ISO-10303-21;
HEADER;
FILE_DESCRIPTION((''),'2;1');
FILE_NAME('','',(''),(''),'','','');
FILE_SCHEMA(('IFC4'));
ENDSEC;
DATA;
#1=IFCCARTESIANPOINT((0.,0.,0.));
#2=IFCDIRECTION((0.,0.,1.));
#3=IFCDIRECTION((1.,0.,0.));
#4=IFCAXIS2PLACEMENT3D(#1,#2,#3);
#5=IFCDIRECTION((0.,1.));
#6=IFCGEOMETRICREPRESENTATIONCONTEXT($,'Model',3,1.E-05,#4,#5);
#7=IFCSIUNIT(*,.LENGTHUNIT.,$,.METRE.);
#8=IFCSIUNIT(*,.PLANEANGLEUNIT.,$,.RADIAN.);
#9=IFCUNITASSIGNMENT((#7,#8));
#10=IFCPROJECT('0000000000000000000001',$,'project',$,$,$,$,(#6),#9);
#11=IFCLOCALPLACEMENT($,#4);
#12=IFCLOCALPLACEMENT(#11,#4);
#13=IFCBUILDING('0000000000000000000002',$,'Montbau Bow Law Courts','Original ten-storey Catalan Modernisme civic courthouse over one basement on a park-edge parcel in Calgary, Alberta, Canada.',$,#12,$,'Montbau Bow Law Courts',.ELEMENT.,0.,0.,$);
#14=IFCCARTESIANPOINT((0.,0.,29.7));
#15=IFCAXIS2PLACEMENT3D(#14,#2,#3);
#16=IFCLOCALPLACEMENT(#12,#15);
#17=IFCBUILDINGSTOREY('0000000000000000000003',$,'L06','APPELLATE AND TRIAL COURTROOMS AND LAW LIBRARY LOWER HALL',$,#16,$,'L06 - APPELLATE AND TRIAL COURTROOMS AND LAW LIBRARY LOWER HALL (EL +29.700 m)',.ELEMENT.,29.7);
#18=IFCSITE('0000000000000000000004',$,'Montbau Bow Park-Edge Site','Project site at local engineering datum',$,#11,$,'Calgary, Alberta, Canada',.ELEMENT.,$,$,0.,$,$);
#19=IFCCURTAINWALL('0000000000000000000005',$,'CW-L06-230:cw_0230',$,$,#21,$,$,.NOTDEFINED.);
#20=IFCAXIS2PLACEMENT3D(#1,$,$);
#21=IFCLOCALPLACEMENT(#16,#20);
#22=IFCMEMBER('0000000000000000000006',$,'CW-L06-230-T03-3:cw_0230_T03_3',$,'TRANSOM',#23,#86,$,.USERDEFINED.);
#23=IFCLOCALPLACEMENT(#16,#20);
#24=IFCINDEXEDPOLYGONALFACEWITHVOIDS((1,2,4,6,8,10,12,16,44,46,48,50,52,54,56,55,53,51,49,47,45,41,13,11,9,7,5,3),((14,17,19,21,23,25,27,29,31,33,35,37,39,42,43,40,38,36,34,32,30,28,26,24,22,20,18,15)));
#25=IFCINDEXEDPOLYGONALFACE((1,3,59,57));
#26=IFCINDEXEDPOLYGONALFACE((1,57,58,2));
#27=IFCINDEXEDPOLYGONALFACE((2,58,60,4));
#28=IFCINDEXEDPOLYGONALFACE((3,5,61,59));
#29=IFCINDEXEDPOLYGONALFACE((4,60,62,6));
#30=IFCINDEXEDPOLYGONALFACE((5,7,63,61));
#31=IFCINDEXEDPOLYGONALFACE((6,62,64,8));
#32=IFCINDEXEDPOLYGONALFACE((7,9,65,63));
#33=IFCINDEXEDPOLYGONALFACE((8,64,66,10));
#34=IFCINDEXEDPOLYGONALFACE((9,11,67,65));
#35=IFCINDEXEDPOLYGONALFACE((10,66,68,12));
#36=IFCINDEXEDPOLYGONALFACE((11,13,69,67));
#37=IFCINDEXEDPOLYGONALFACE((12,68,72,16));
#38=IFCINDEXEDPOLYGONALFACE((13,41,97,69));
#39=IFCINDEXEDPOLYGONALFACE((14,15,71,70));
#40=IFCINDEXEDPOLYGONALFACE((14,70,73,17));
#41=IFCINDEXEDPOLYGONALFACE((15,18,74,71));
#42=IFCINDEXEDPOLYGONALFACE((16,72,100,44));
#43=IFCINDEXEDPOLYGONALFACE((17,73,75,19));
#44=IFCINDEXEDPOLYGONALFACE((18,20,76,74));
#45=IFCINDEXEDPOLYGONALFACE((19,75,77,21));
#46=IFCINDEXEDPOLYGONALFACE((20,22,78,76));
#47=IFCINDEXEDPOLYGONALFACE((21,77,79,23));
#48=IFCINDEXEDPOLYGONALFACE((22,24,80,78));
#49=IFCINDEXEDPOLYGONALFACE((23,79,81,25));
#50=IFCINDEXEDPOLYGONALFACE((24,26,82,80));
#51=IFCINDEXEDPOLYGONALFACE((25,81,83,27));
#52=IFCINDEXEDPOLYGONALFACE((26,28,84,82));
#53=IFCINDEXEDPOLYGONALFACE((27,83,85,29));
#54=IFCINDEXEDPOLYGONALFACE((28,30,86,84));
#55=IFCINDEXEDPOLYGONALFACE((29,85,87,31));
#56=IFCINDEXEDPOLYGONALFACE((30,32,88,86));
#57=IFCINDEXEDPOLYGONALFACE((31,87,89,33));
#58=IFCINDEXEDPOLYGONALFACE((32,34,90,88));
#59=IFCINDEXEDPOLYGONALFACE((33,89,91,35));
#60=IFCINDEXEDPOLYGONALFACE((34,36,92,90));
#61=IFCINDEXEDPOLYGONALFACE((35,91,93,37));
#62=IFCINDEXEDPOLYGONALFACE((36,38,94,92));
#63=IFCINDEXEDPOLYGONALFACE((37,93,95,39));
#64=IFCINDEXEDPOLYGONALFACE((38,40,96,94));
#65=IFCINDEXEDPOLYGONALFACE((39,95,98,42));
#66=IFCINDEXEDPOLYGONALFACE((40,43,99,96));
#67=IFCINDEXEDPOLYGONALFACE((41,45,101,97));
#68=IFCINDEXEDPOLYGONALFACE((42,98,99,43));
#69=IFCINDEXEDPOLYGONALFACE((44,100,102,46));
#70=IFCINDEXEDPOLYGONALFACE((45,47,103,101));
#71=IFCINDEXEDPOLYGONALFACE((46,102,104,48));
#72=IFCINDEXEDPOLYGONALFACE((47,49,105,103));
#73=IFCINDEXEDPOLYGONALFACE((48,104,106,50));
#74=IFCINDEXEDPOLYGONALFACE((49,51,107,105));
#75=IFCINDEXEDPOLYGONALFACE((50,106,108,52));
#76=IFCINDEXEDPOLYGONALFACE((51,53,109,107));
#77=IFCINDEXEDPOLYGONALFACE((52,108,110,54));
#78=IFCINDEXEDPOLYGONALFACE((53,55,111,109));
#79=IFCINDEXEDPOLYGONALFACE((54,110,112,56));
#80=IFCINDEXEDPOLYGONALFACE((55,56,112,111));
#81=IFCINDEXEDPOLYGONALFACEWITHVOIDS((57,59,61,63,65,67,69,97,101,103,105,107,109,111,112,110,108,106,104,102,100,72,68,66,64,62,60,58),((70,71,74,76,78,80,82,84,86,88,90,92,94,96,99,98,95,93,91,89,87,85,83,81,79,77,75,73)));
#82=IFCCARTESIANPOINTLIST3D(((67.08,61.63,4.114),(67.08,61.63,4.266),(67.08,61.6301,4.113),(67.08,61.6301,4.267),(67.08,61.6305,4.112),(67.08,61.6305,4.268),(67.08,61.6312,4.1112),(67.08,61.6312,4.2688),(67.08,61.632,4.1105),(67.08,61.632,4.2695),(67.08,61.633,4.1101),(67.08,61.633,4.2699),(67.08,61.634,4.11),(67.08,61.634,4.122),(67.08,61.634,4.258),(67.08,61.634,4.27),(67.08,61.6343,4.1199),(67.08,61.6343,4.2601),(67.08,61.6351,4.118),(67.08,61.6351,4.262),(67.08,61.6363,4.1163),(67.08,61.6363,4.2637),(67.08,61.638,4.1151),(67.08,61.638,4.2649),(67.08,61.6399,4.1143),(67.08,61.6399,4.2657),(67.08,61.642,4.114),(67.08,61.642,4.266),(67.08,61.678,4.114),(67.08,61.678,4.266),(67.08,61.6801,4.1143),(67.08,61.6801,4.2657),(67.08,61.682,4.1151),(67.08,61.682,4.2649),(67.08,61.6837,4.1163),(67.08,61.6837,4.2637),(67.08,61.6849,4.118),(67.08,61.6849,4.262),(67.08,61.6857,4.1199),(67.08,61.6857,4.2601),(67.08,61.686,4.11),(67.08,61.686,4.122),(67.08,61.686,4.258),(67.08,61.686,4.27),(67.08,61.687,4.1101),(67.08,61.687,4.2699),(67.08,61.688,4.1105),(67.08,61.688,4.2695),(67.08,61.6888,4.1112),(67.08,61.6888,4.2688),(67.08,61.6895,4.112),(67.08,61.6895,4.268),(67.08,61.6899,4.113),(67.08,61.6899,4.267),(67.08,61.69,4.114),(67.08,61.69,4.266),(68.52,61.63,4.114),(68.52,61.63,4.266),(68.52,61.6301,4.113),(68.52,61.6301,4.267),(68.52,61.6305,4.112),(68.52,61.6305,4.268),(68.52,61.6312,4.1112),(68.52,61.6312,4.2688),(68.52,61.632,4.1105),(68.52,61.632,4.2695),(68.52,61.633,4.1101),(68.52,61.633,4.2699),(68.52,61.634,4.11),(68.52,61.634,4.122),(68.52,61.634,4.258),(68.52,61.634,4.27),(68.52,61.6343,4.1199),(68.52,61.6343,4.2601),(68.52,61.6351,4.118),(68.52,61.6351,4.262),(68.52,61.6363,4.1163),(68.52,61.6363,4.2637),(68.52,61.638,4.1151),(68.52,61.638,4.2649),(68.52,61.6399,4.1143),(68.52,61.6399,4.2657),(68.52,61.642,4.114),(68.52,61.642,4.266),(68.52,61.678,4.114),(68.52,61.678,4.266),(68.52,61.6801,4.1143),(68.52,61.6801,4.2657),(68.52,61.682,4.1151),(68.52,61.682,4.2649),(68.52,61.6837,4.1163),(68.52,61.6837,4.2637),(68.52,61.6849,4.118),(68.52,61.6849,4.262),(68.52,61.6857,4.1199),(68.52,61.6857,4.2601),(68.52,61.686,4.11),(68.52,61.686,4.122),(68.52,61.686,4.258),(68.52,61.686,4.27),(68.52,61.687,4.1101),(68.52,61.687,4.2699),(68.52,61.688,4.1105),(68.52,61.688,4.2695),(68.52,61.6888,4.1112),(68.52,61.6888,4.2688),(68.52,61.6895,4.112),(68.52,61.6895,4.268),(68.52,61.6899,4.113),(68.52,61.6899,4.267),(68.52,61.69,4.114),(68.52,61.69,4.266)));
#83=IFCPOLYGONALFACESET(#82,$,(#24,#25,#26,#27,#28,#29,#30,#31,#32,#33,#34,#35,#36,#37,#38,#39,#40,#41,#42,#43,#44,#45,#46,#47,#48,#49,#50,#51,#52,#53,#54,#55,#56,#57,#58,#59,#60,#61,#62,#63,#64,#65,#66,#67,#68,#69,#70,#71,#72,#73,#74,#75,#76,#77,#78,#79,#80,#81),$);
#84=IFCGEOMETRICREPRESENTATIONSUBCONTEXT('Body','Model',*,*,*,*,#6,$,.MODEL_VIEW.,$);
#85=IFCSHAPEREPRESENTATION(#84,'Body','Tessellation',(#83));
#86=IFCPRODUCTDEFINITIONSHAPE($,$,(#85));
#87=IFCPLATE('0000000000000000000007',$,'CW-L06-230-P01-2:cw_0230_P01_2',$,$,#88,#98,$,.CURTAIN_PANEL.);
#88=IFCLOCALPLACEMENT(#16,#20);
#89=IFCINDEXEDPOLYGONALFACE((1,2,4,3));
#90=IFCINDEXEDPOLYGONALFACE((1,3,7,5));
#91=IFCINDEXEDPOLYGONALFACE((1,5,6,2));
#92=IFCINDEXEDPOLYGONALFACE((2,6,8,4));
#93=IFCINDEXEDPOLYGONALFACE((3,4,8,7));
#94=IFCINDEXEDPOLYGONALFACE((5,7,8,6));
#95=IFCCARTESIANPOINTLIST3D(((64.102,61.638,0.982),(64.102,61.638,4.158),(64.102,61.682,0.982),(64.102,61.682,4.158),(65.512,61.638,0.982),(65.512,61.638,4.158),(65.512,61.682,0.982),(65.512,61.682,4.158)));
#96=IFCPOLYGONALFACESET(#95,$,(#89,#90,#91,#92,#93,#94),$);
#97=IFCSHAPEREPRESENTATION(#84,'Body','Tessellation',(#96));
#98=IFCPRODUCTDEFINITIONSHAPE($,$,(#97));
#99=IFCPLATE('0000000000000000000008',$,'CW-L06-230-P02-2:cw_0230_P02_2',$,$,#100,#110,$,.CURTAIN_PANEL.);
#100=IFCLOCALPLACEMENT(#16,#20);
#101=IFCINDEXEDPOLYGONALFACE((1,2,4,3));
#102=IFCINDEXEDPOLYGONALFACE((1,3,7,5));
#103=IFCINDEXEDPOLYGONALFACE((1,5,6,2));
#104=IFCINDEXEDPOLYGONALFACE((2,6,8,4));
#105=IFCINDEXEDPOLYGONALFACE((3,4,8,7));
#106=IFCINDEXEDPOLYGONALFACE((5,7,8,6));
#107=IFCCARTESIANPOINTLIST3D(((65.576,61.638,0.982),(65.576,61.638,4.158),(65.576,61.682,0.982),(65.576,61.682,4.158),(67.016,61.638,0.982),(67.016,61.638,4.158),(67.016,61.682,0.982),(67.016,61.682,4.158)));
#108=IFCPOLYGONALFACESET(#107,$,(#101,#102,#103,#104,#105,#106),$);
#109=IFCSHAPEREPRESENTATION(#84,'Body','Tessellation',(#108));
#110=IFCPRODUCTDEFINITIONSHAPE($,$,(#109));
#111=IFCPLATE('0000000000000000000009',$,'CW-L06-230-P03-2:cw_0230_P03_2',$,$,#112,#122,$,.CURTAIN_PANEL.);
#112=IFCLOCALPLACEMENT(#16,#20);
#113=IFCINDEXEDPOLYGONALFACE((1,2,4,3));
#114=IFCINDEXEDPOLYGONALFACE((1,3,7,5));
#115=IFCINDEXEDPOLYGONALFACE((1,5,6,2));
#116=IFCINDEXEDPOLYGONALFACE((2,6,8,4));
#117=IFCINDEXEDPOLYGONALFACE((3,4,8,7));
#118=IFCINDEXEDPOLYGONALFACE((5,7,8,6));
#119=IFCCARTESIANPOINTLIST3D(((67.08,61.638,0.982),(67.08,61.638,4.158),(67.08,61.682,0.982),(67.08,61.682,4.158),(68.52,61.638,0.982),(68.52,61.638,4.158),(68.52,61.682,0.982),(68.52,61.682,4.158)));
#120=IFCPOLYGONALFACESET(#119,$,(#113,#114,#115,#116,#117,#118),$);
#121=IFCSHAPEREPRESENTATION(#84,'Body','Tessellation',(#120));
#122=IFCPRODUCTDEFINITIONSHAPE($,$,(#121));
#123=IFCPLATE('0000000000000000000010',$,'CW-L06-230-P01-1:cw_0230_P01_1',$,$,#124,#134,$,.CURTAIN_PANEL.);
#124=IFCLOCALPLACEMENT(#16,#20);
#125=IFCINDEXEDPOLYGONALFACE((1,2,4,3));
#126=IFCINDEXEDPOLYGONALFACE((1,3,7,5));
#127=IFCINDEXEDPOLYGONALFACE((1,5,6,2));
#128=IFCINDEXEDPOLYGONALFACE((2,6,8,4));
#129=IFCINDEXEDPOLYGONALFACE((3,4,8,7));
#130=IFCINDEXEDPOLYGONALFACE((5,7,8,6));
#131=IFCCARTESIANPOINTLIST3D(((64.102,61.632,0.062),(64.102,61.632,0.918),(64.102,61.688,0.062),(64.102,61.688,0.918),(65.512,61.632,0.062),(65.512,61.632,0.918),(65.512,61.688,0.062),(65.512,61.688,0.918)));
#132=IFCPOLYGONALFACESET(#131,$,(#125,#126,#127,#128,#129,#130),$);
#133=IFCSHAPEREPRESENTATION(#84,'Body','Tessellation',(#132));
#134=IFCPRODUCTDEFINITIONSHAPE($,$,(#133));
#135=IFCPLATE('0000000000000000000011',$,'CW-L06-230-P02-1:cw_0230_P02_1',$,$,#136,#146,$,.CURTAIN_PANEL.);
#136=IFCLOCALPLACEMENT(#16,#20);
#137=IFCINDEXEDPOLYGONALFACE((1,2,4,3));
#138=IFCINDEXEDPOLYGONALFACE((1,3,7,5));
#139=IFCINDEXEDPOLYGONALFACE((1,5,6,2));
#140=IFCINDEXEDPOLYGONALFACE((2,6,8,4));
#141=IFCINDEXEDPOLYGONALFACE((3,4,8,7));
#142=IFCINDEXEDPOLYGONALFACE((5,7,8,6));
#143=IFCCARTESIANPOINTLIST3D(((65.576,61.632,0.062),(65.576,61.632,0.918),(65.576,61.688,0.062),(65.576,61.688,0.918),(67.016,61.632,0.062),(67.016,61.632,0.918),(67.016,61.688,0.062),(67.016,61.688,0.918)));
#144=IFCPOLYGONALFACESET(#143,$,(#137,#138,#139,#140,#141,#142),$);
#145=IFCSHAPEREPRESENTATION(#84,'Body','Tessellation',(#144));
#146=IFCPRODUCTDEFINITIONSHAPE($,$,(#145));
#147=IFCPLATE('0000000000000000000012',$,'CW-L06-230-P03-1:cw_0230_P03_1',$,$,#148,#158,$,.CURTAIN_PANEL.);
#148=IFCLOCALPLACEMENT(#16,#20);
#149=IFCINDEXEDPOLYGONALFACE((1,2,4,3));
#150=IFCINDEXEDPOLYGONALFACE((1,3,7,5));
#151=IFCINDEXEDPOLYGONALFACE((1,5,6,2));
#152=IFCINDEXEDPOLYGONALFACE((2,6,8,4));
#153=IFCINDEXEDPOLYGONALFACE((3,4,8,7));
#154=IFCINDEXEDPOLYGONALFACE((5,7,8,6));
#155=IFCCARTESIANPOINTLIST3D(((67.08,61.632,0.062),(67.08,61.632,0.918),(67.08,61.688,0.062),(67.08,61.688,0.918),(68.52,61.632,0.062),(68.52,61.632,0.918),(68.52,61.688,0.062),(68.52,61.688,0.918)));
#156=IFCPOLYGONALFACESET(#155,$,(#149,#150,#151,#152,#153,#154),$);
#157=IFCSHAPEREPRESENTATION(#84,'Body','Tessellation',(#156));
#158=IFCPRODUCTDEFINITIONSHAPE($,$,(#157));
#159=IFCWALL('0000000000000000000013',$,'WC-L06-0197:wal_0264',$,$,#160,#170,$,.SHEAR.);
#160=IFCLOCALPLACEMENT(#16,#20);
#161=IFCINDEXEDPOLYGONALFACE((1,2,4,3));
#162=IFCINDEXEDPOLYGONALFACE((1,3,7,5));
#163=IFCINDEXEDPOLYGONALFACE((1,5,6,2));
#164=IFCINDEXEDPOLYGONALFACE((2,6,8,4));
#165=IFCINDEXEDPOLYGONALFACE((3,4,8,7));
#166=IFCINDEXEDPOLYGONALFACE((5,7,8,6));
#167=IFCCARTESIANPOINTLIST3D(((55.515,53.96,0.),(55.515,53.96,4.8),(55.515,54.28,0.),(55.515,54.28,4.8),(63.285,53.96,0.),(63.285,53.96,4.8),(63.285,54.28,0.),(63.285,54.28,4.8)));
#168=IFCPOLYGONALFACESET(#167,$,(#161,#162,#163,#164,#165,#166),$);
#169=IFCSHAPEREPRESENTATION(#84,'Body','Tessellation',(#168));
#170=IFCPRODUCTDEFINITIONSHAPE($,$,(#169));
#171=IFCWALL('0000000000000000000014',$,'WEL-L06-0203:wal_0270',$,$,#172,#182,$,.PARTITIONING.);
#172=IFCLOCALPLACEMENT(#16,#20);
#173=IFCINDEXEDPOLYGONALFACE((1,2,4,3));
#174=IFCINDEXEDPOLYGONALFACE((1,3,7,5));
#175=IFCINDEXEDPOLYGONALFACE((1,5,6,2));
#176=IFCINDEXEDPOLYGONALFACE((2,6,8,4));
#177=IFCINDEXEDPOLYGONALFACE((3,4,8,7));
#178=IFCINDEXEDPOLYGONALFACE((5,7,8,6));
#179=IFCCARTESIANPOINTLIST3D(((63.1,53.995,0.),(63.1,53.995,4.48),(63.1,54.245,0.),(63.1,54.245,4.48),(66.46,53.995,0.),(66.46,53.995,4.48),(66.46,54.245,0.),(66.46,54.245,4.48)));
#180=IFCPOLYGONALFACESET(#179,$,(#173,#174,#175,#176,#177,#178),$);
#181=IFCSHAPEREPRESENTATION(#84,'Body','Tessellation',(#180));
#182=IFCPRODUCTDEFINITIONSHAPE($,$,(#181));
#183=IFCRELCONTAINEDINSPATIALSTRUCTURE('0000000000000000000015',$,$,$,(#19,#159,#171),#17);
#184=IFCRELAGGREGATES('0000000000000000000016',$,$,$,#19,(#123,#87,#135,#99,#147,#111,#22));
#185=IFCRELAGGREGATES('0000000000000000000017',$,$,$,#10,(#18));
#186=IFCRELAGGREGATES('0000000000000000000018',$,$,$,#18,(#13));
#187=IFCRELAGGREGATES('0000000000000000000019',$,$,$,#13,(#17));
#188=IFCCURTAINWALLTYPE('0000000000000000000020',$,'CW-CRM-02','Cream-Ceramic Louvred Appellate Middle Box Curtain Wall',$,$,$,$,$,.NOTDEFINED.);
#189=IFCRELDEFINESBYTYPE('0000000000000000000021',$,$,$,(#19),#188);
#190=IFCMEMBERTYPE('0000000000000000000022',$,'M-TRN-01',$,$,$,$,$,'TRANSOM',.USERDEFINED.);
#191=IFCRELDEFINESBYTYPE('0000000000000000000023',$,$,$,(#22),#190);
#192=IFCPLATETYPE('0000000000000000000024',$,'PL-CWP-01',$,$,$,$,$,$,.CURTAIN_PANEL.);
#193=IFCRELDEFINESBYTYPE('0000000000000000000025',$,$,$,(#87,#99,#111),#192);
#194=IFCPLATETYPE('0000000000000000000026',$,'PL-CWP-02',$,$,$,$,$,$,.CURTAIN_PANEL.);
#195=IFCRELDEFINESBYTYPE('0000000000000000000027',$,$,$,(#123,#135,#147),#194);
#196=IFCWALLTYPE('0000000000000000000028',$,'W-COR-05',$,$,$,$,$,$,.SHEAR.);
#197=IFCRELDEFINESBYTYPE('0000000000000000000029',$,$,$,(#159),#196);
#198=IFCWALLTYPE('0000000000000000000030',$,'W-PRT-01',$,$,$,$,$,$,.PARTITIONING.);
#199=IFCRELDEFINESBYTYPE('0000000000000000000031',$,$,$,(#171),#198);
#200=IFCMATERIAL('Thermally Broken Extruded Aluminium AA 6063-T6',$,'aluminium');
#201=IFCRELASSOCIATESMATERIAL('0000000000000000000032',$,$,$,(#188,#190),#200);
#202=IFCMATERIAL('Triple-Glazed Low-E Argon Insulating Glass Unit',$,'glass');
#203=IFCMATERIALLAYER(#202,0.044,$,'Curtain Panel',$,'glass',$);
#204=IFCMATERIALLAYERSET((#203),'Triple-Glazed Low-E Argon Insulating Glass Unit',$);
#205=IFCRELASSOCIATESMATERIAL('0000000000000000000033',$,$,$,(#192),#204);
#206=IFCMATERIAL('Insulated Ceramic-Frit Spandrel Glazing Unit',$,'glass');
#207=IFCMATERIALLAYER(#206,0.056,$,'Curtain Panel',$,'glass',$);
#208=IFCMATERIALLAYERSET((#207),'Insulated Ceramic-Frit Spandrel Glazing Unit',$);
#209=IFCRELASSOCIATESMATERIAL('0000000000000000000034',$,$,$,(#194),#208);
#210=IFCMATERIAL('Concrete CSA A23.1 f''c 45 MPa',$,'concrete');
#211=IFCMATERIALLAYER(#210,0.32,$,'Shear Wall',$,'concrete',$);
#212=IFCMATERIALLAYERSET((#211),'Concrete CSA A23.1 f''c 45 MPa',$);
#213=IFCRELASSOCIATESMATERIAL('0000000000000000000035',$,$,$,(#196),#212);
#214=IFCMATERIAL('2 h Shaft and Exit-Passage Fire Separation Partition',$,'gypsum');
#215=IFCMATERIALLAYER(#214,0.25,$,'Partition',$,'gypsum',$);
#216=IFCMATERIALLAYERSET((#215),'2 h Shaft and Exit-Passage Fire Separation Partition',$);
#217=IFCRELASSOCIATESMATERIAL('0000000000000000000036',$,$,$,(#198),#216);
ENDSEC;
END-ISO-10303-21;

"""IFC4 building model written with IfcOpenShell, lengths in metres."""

from ifc_helpers import new_model, si_unit, direction, frame, frame_2d, origin_with_axes, origin_2d_with_axis, place, context, subcontext, project, spatial, rectangle, hollow_rectangle, extrude, material, layer, layer_set, material_profile, profile_set, type_object, element, aggregate, save


model = new_model("IFC4")

# Units and contexts
model_context = context("Model", 3, precision=1e-05, world=origin_with_axes(), true_north=direction((0.0, 1.0)))
body_context = subcontext(model_context, "Body", "Model", "MODEL_VIEW")
ifc_project = project(units=[si_unit("LENGTHUNIT", "METRE"), si_unit("PLANEANGLEUNIT", "RADIAN")], contexts=[model_context])

# Site, building, storey
site_placement = place(None, origin_with_axes())
site = spatial("IfcSite", under=ifc_project, at=site_placement, Name="Montbau Bow Park-Edge Site", Description="Project site at local engineering datum", LongName="Calgary, Alberta, Canada", CompositionType="ELEMENT", RefElevation=0.0)
building_placement = place(site_placement, origin_with_axes())
building = spatial("IfcBuilding", under=site, at=building_placement, Name="Montbau Bow Law Courts", Description="Original ten-storey Catalan Modernisme civic courthouse over one basement on a park-edge parcel in Calgary, Alberta, Canada.", LongName="Montbau Bow Law Courts", CompositionType="ELEMENT", ElevationOfRefHeight=0.0, ElevationOfTerrain=0.0)
storey_placement = place(building_placement, frame((0.0, 0.0, 29.7), z_axis=(0.0, 0.0, 1.0), x_axis=(1.0, 0.0, 0.0)))
storey = spatial("IfcBuildingStorey", under=building, at=storey_placement, Name="L06", Description="APPELLATE AND TRIAL COURTROOMS AND LAW LIBRARY LOWER HALL", LongName="L06 - APPELLATE AND TRIAL COURTROOMS AND LAW LIBRARY LOWER HALL (EL +29.700 m)", CompositionType="ELEMENT", Elevation=29.7)

# Shared definitions
ifc_material_1 = material(Name="Thermally Broken Extruded Aluminium AA 6063-T6", Category="aluminium")
curtain_wall_type = type_object("IfcCurtainWallType", Name="CW-CRM-02", Description="Cream-Ceramic Louvred Appellate Middle Box Curtain Wall", PredefinedType="NOTDEFINED", material=ifc_material_1)

# Curtain wall, member, plates
curtain_wall_1_placement = place(None, frame((64.04, 61.66, 29.7), z_axis=(0.0, 0.0, 1.0), x_axis=(1.0, 0.0, 0.0)))
curtain_wall_1 = element("IfcCurtainWall", 1, at=curtain_wall_1_placement, inside=storey, type_object=curtain_wall_type, Name="CW-L06-230:cw_0230", PredefinedType="NOTDEFINED")
ifc_material_profile_1 = material_profile(ifc_material_1, hollow_rectangle(XDim=0.06, YDim=0.16, WallThickness=0.004, InnerFilletRadius=0.008, OuterFilletRadius=0.004, at=origin_2d_with_axis()), Name="CWT-160X60", Category="Main", Priority=0)
ifc_profile_set_1 = profile_set([ifc_material_profile_1], Name="Thermally Broken Extruded Aluminium AA 6063-T6")
member_type_1 = type_object("IfcMemberType", Name="M-TRN-01", ElementType="TRANSOM", PredefinedType="USERDEFINED", material=ifc_profile_set_1)
member_1_placement = place(None, frame((67.08, 61.66, 33.89), z_axis=(1.0, 0.0, 0.0), x_axis=(0.0, 1.0, 0.0)))
member_1 = element("IfcMember", 2, at=member_1_placement, type_object=member_type_1, Name="CW-L06-230-T03-3:cw_0230_T03_3", ObjectType="TRANSOM", PredefinedType="USERDEFINED", context=body_context, shape_type="SweptSolid", body=[
    extrude(hollow_rectangle(XDim=0.06, YDim=0.16, WallThickness=0.004, InnerFilletRadius=0.008, OuterFilletRadius=0.004, at=origin_2d_with_axis()), origin_with_axes(), (0.0, 0.0, 1.0), 1.44),
])
ifc_material_2 = material(Name="Triple-Glazed Low-E Argon Insulating Glass Unit", Category="glass")
ifc_layer_1 = layer(ifc_material_2, 0.044, Name="Curtain Panel", Category="glass")
ifc_layer_set_1 = layer_set([ifc_layer_1], Name="Triple-Glazed Low-E Argon Insulating Glass Unit")
plate_type_1 = type_object("IfcPlateType", Name="PL-CWP-01", PredefinedType="CURTAIN_PANEL", material=ifc_layer_set_1)
plate_1_placement = place(None, frame((64.102, 61.66, 30.682), z_axis=(0.0, -1.0, 0.0), x_axis=(1.0, 0.0, 0.0)))
plate_1 = element("IfcPlate", 3, at=plate_1_placement, type_object=plate_type_1, Name="CW-L06-230-P01-2:cw_0230_P01_2", PredefinedType="CURTAIN_PANEL", context=body_context, shape_type="SweptSolid", body=[
    extrude(rectangle(XDim=1.41, YDim=3.176, at=frame_2d((0.705, 1.588), x_axis=(1.0, 0.0))), frame((0.0, 0.0, -0.022), z_axis=(0.0, 0.0, 1.0), x_axis=(1.0, 0.0, 0.0)), (0.0, 0.0, 1.0), 0.044),
])
plate_2_placement = place(None, frame((65.576, 61.66, 30.682), z_axis=(0.0, -1.0, 0.0), x_axis=(1.0, 0.0, 0.0)))
plate_2 = element("IfcPlate", 4, at=plate_2_placement, type_object=plate_type_1, Name="CW-L06-230-P02-2:cw_0230_P02_2", PredefinedType="CURTAIN_PANEL", context=body_context, shape_type="SweptSolid", body=[
    extrude(rectangle(XDim=1.44, YDim=3.176, at=frame_2d((0.72, 1.588), x_axis=(1.0, 0.0))), frame((0.0, 0.0, -0.022), z_axis=(0.0, 0.0, 1.0), x_axis=(1.0, 0.0, 0.0)), (0.0, 0.0, 1.0), 0.044),
])
plate_3_placement = place(None, frame((67.08, 61.66, 30.682), z_axis=(0.0, -1.0, 0.0), x_axis=(1.0, 0.0, 0.0)))
plate_3 = element("IfcPlate", 5, at=plate_3_placement, type_object=plate_type_1, Name="CW-L06-230-P03-2:cw_0230_P03_2", PredefinedType="CURTAIN_PANEL", context=body_context, shape_type="SweptSolid", body=[
    extrude(rectangle(XDim=1.44, YDim=3.176, at=frame_2d((0.72, 1.588), x_axis=(1.0, 0.0))), frame((0.0, 0.0, -0.022), z_axis=(0.0, 0.0, 1.0), x_axis=(1.0, 0.0, 0.0)), (0.0, 0.0, 1.0), 0.044),
])
ifc_material_3 = material(Name="Insulated Ceramic-Frit Spandrel Glazing Unit", Category="glass")
ifc_layer_2 = layer(ifc_material_3, 0.056, Name="Curtain Panel", Category="glass")
ifc_layer_set_2 = layer_set([ifc_layer_2], Name="Insulated Ceramic-Frit Spandrel Glazing Unit")
plate_type_2 = type_object("IfcPlateType", Name="PL-CWP-02", PredefinedType="CURTAIN_PANEL", material=ifc_layer_set_2)
plate_4_placement = place(None, frame((64.102, 61.66, 29.762), z_axis=(0.0, -1.0, 0.0), x_axis=(1.0, 0.0, 0.0)))
plate_4 = element("IfcPlate", 6, at=plate_4_placement, type_object=plate_type_2, Name="CW-L06-230-P01-1:cw_0230_P01_1", PredefinedType="CURTAIN_PANEL", context=body_context, shape_type="SweptSolid", body=[
    extrude(rectangle(XDim=1.41, YDim=0.856, at=frame_2d((0.705, 0.428), x_axis=(1.0, 0.0))), frame((0.0, 0.0, -0.028), z_axis=(0.0, 0.0, 1.0), x_axis=(1.0, 0.0, 0.0)), (0.0, 0.0, 1.0), 0.056),
])
plate_5_placement = place(None, frame((65.576, 61.66, 29.762), z_axis=(0.0, -1.0, 0.0), x_axis=(1.0, 0.0, 0.0)))
plate_5 = element("IfcPlate", 7, at=plate_5_placement, type_object=plate_type_2, Name="CW-L06-230-P02-1:cw_0230_P02_1", PredefinedType="CURTAIN_PANEL", context=body_context, shape_type="SweptSolid", body=[
    extrude(rectangle(XDim=1.44, YDim=0.856, at=frame_2d((0.72, 0.428), x_axis=(1.0, 0.0))), frame((0.0, 0.0, -0.028), z_axis=(0.0, 0.0, 1.0), x_axis=(1.0, 0.0, 0.0)), (0.0, 0.0, 1.0), 0.056),
])
plate_6_placement = place(None, frame((67.08, 61.66, 29.762), z_axis=(0.0, -1.0, 0.0), x_axis=(1.0, 0.0, 0.0)))
plate_6 = element("IfcPlate", 8, at=plate_6_placement, type_object=plate_type_2, Name="CW-L06-230-P03-1:cw_0230_P03_1", PredefinedType="CURTAIN_PANEL", context=body_context, shape_type="SweptSolid", body=[
    extrude(rectangle(XDim=1.44, YDim=0.856, at=frame_2d((0.72, 0.428), x_axis=(1.0, 0.0))), frame((0.0, 0.0, -0.028), z_axis=(0.0, 0.0, 1.0), x_axis=(1.0, 0.0, 0.0)), (0.0, 0.0, 1.0), 0.056),
])
aggregate(curtain_wall_1, [plate_4, plate_1, plate_5, plate_2, plate_6, plate_3, member_1])

# Walls
ifc_material_4 = material(Name="Concrete CSA A23.1 f'c 45 MPa", Category="concrete")
ifc_layer_3 = layer(ifc_material_4, 0.32, Name="Shear Wall", Category="concrete")
ifc_layer_set_3 = layer_set([ifc_layer_3], Name="Concrete CSA A23.1 f'c 45 MPa")
wall_type_1 = type_object("IfcWallType", Name="W-COR-05", PredefinedType="SHEAR", material=ifc_layer_set_3)
wall_1_placement = place(None, frame((63.285, 54.12, 29.7), z_axis=(0.0, 0.0, 1.0), x_axis=(-1.0, 0.0, 0.0)))
element("IfcWall", 9, at=wall_1_placement, inside=storey, type_object=wall_type_1, Name="WC-L06-0197:wal_0264", PredefinedType="SHEAR", context=body_context, shape_type="SweptSolid", body=[
    extrude(rectangle(XDim=7.77, YDim=0.32, at=frame_2d((3.885, 0.0), x_axis=(1.0, 0.0))), origin_with_axes(), (0.0, 0.0, 1.0), 4.8),
])
ifc_material_5 = material(Name="2 h Shaft and Exit-Passage Fire Separation Partition", Category="gypsum")
ifc_layer_4 = layer(ifc_material_5, 0.25, Name="Partition", Category="gypsum")
ifc_layer_set_4 = layer_set([ifc_layer_4], Name="2 h Shaft and Exit-Passage Fire Separation Partition")
wall_type_2 = type_object("IfcWallType", Name="W-PRT-01", PredefinedType="PARTITIONING", material=ifc_layer_set_4)
wall_2_placement = place(None, frame((63.1, 54.12, 29.7), z_axis=(0.0, 0.0, 1.0), x_axis=(1.0, 0.0, 0.0)))
element("IfcWall", 10, at=wall_2_placement, inside=storey, type_object=wall_type_2, Name="WEL-L06-0203:wal_0270", PredefinedType="PARTITIONING", context=body_context, shape_type="SweptSolid", body=[
    extrude(rectangle(XDim=3.36, YDim=0.25, at=frame_2d((1.68, 0.0), x_axis=(1.0, 0.0))), origin_with_axes(), (0.0, 0.0, 1.0), 4.48),
])

save(model, "model.ifc")
